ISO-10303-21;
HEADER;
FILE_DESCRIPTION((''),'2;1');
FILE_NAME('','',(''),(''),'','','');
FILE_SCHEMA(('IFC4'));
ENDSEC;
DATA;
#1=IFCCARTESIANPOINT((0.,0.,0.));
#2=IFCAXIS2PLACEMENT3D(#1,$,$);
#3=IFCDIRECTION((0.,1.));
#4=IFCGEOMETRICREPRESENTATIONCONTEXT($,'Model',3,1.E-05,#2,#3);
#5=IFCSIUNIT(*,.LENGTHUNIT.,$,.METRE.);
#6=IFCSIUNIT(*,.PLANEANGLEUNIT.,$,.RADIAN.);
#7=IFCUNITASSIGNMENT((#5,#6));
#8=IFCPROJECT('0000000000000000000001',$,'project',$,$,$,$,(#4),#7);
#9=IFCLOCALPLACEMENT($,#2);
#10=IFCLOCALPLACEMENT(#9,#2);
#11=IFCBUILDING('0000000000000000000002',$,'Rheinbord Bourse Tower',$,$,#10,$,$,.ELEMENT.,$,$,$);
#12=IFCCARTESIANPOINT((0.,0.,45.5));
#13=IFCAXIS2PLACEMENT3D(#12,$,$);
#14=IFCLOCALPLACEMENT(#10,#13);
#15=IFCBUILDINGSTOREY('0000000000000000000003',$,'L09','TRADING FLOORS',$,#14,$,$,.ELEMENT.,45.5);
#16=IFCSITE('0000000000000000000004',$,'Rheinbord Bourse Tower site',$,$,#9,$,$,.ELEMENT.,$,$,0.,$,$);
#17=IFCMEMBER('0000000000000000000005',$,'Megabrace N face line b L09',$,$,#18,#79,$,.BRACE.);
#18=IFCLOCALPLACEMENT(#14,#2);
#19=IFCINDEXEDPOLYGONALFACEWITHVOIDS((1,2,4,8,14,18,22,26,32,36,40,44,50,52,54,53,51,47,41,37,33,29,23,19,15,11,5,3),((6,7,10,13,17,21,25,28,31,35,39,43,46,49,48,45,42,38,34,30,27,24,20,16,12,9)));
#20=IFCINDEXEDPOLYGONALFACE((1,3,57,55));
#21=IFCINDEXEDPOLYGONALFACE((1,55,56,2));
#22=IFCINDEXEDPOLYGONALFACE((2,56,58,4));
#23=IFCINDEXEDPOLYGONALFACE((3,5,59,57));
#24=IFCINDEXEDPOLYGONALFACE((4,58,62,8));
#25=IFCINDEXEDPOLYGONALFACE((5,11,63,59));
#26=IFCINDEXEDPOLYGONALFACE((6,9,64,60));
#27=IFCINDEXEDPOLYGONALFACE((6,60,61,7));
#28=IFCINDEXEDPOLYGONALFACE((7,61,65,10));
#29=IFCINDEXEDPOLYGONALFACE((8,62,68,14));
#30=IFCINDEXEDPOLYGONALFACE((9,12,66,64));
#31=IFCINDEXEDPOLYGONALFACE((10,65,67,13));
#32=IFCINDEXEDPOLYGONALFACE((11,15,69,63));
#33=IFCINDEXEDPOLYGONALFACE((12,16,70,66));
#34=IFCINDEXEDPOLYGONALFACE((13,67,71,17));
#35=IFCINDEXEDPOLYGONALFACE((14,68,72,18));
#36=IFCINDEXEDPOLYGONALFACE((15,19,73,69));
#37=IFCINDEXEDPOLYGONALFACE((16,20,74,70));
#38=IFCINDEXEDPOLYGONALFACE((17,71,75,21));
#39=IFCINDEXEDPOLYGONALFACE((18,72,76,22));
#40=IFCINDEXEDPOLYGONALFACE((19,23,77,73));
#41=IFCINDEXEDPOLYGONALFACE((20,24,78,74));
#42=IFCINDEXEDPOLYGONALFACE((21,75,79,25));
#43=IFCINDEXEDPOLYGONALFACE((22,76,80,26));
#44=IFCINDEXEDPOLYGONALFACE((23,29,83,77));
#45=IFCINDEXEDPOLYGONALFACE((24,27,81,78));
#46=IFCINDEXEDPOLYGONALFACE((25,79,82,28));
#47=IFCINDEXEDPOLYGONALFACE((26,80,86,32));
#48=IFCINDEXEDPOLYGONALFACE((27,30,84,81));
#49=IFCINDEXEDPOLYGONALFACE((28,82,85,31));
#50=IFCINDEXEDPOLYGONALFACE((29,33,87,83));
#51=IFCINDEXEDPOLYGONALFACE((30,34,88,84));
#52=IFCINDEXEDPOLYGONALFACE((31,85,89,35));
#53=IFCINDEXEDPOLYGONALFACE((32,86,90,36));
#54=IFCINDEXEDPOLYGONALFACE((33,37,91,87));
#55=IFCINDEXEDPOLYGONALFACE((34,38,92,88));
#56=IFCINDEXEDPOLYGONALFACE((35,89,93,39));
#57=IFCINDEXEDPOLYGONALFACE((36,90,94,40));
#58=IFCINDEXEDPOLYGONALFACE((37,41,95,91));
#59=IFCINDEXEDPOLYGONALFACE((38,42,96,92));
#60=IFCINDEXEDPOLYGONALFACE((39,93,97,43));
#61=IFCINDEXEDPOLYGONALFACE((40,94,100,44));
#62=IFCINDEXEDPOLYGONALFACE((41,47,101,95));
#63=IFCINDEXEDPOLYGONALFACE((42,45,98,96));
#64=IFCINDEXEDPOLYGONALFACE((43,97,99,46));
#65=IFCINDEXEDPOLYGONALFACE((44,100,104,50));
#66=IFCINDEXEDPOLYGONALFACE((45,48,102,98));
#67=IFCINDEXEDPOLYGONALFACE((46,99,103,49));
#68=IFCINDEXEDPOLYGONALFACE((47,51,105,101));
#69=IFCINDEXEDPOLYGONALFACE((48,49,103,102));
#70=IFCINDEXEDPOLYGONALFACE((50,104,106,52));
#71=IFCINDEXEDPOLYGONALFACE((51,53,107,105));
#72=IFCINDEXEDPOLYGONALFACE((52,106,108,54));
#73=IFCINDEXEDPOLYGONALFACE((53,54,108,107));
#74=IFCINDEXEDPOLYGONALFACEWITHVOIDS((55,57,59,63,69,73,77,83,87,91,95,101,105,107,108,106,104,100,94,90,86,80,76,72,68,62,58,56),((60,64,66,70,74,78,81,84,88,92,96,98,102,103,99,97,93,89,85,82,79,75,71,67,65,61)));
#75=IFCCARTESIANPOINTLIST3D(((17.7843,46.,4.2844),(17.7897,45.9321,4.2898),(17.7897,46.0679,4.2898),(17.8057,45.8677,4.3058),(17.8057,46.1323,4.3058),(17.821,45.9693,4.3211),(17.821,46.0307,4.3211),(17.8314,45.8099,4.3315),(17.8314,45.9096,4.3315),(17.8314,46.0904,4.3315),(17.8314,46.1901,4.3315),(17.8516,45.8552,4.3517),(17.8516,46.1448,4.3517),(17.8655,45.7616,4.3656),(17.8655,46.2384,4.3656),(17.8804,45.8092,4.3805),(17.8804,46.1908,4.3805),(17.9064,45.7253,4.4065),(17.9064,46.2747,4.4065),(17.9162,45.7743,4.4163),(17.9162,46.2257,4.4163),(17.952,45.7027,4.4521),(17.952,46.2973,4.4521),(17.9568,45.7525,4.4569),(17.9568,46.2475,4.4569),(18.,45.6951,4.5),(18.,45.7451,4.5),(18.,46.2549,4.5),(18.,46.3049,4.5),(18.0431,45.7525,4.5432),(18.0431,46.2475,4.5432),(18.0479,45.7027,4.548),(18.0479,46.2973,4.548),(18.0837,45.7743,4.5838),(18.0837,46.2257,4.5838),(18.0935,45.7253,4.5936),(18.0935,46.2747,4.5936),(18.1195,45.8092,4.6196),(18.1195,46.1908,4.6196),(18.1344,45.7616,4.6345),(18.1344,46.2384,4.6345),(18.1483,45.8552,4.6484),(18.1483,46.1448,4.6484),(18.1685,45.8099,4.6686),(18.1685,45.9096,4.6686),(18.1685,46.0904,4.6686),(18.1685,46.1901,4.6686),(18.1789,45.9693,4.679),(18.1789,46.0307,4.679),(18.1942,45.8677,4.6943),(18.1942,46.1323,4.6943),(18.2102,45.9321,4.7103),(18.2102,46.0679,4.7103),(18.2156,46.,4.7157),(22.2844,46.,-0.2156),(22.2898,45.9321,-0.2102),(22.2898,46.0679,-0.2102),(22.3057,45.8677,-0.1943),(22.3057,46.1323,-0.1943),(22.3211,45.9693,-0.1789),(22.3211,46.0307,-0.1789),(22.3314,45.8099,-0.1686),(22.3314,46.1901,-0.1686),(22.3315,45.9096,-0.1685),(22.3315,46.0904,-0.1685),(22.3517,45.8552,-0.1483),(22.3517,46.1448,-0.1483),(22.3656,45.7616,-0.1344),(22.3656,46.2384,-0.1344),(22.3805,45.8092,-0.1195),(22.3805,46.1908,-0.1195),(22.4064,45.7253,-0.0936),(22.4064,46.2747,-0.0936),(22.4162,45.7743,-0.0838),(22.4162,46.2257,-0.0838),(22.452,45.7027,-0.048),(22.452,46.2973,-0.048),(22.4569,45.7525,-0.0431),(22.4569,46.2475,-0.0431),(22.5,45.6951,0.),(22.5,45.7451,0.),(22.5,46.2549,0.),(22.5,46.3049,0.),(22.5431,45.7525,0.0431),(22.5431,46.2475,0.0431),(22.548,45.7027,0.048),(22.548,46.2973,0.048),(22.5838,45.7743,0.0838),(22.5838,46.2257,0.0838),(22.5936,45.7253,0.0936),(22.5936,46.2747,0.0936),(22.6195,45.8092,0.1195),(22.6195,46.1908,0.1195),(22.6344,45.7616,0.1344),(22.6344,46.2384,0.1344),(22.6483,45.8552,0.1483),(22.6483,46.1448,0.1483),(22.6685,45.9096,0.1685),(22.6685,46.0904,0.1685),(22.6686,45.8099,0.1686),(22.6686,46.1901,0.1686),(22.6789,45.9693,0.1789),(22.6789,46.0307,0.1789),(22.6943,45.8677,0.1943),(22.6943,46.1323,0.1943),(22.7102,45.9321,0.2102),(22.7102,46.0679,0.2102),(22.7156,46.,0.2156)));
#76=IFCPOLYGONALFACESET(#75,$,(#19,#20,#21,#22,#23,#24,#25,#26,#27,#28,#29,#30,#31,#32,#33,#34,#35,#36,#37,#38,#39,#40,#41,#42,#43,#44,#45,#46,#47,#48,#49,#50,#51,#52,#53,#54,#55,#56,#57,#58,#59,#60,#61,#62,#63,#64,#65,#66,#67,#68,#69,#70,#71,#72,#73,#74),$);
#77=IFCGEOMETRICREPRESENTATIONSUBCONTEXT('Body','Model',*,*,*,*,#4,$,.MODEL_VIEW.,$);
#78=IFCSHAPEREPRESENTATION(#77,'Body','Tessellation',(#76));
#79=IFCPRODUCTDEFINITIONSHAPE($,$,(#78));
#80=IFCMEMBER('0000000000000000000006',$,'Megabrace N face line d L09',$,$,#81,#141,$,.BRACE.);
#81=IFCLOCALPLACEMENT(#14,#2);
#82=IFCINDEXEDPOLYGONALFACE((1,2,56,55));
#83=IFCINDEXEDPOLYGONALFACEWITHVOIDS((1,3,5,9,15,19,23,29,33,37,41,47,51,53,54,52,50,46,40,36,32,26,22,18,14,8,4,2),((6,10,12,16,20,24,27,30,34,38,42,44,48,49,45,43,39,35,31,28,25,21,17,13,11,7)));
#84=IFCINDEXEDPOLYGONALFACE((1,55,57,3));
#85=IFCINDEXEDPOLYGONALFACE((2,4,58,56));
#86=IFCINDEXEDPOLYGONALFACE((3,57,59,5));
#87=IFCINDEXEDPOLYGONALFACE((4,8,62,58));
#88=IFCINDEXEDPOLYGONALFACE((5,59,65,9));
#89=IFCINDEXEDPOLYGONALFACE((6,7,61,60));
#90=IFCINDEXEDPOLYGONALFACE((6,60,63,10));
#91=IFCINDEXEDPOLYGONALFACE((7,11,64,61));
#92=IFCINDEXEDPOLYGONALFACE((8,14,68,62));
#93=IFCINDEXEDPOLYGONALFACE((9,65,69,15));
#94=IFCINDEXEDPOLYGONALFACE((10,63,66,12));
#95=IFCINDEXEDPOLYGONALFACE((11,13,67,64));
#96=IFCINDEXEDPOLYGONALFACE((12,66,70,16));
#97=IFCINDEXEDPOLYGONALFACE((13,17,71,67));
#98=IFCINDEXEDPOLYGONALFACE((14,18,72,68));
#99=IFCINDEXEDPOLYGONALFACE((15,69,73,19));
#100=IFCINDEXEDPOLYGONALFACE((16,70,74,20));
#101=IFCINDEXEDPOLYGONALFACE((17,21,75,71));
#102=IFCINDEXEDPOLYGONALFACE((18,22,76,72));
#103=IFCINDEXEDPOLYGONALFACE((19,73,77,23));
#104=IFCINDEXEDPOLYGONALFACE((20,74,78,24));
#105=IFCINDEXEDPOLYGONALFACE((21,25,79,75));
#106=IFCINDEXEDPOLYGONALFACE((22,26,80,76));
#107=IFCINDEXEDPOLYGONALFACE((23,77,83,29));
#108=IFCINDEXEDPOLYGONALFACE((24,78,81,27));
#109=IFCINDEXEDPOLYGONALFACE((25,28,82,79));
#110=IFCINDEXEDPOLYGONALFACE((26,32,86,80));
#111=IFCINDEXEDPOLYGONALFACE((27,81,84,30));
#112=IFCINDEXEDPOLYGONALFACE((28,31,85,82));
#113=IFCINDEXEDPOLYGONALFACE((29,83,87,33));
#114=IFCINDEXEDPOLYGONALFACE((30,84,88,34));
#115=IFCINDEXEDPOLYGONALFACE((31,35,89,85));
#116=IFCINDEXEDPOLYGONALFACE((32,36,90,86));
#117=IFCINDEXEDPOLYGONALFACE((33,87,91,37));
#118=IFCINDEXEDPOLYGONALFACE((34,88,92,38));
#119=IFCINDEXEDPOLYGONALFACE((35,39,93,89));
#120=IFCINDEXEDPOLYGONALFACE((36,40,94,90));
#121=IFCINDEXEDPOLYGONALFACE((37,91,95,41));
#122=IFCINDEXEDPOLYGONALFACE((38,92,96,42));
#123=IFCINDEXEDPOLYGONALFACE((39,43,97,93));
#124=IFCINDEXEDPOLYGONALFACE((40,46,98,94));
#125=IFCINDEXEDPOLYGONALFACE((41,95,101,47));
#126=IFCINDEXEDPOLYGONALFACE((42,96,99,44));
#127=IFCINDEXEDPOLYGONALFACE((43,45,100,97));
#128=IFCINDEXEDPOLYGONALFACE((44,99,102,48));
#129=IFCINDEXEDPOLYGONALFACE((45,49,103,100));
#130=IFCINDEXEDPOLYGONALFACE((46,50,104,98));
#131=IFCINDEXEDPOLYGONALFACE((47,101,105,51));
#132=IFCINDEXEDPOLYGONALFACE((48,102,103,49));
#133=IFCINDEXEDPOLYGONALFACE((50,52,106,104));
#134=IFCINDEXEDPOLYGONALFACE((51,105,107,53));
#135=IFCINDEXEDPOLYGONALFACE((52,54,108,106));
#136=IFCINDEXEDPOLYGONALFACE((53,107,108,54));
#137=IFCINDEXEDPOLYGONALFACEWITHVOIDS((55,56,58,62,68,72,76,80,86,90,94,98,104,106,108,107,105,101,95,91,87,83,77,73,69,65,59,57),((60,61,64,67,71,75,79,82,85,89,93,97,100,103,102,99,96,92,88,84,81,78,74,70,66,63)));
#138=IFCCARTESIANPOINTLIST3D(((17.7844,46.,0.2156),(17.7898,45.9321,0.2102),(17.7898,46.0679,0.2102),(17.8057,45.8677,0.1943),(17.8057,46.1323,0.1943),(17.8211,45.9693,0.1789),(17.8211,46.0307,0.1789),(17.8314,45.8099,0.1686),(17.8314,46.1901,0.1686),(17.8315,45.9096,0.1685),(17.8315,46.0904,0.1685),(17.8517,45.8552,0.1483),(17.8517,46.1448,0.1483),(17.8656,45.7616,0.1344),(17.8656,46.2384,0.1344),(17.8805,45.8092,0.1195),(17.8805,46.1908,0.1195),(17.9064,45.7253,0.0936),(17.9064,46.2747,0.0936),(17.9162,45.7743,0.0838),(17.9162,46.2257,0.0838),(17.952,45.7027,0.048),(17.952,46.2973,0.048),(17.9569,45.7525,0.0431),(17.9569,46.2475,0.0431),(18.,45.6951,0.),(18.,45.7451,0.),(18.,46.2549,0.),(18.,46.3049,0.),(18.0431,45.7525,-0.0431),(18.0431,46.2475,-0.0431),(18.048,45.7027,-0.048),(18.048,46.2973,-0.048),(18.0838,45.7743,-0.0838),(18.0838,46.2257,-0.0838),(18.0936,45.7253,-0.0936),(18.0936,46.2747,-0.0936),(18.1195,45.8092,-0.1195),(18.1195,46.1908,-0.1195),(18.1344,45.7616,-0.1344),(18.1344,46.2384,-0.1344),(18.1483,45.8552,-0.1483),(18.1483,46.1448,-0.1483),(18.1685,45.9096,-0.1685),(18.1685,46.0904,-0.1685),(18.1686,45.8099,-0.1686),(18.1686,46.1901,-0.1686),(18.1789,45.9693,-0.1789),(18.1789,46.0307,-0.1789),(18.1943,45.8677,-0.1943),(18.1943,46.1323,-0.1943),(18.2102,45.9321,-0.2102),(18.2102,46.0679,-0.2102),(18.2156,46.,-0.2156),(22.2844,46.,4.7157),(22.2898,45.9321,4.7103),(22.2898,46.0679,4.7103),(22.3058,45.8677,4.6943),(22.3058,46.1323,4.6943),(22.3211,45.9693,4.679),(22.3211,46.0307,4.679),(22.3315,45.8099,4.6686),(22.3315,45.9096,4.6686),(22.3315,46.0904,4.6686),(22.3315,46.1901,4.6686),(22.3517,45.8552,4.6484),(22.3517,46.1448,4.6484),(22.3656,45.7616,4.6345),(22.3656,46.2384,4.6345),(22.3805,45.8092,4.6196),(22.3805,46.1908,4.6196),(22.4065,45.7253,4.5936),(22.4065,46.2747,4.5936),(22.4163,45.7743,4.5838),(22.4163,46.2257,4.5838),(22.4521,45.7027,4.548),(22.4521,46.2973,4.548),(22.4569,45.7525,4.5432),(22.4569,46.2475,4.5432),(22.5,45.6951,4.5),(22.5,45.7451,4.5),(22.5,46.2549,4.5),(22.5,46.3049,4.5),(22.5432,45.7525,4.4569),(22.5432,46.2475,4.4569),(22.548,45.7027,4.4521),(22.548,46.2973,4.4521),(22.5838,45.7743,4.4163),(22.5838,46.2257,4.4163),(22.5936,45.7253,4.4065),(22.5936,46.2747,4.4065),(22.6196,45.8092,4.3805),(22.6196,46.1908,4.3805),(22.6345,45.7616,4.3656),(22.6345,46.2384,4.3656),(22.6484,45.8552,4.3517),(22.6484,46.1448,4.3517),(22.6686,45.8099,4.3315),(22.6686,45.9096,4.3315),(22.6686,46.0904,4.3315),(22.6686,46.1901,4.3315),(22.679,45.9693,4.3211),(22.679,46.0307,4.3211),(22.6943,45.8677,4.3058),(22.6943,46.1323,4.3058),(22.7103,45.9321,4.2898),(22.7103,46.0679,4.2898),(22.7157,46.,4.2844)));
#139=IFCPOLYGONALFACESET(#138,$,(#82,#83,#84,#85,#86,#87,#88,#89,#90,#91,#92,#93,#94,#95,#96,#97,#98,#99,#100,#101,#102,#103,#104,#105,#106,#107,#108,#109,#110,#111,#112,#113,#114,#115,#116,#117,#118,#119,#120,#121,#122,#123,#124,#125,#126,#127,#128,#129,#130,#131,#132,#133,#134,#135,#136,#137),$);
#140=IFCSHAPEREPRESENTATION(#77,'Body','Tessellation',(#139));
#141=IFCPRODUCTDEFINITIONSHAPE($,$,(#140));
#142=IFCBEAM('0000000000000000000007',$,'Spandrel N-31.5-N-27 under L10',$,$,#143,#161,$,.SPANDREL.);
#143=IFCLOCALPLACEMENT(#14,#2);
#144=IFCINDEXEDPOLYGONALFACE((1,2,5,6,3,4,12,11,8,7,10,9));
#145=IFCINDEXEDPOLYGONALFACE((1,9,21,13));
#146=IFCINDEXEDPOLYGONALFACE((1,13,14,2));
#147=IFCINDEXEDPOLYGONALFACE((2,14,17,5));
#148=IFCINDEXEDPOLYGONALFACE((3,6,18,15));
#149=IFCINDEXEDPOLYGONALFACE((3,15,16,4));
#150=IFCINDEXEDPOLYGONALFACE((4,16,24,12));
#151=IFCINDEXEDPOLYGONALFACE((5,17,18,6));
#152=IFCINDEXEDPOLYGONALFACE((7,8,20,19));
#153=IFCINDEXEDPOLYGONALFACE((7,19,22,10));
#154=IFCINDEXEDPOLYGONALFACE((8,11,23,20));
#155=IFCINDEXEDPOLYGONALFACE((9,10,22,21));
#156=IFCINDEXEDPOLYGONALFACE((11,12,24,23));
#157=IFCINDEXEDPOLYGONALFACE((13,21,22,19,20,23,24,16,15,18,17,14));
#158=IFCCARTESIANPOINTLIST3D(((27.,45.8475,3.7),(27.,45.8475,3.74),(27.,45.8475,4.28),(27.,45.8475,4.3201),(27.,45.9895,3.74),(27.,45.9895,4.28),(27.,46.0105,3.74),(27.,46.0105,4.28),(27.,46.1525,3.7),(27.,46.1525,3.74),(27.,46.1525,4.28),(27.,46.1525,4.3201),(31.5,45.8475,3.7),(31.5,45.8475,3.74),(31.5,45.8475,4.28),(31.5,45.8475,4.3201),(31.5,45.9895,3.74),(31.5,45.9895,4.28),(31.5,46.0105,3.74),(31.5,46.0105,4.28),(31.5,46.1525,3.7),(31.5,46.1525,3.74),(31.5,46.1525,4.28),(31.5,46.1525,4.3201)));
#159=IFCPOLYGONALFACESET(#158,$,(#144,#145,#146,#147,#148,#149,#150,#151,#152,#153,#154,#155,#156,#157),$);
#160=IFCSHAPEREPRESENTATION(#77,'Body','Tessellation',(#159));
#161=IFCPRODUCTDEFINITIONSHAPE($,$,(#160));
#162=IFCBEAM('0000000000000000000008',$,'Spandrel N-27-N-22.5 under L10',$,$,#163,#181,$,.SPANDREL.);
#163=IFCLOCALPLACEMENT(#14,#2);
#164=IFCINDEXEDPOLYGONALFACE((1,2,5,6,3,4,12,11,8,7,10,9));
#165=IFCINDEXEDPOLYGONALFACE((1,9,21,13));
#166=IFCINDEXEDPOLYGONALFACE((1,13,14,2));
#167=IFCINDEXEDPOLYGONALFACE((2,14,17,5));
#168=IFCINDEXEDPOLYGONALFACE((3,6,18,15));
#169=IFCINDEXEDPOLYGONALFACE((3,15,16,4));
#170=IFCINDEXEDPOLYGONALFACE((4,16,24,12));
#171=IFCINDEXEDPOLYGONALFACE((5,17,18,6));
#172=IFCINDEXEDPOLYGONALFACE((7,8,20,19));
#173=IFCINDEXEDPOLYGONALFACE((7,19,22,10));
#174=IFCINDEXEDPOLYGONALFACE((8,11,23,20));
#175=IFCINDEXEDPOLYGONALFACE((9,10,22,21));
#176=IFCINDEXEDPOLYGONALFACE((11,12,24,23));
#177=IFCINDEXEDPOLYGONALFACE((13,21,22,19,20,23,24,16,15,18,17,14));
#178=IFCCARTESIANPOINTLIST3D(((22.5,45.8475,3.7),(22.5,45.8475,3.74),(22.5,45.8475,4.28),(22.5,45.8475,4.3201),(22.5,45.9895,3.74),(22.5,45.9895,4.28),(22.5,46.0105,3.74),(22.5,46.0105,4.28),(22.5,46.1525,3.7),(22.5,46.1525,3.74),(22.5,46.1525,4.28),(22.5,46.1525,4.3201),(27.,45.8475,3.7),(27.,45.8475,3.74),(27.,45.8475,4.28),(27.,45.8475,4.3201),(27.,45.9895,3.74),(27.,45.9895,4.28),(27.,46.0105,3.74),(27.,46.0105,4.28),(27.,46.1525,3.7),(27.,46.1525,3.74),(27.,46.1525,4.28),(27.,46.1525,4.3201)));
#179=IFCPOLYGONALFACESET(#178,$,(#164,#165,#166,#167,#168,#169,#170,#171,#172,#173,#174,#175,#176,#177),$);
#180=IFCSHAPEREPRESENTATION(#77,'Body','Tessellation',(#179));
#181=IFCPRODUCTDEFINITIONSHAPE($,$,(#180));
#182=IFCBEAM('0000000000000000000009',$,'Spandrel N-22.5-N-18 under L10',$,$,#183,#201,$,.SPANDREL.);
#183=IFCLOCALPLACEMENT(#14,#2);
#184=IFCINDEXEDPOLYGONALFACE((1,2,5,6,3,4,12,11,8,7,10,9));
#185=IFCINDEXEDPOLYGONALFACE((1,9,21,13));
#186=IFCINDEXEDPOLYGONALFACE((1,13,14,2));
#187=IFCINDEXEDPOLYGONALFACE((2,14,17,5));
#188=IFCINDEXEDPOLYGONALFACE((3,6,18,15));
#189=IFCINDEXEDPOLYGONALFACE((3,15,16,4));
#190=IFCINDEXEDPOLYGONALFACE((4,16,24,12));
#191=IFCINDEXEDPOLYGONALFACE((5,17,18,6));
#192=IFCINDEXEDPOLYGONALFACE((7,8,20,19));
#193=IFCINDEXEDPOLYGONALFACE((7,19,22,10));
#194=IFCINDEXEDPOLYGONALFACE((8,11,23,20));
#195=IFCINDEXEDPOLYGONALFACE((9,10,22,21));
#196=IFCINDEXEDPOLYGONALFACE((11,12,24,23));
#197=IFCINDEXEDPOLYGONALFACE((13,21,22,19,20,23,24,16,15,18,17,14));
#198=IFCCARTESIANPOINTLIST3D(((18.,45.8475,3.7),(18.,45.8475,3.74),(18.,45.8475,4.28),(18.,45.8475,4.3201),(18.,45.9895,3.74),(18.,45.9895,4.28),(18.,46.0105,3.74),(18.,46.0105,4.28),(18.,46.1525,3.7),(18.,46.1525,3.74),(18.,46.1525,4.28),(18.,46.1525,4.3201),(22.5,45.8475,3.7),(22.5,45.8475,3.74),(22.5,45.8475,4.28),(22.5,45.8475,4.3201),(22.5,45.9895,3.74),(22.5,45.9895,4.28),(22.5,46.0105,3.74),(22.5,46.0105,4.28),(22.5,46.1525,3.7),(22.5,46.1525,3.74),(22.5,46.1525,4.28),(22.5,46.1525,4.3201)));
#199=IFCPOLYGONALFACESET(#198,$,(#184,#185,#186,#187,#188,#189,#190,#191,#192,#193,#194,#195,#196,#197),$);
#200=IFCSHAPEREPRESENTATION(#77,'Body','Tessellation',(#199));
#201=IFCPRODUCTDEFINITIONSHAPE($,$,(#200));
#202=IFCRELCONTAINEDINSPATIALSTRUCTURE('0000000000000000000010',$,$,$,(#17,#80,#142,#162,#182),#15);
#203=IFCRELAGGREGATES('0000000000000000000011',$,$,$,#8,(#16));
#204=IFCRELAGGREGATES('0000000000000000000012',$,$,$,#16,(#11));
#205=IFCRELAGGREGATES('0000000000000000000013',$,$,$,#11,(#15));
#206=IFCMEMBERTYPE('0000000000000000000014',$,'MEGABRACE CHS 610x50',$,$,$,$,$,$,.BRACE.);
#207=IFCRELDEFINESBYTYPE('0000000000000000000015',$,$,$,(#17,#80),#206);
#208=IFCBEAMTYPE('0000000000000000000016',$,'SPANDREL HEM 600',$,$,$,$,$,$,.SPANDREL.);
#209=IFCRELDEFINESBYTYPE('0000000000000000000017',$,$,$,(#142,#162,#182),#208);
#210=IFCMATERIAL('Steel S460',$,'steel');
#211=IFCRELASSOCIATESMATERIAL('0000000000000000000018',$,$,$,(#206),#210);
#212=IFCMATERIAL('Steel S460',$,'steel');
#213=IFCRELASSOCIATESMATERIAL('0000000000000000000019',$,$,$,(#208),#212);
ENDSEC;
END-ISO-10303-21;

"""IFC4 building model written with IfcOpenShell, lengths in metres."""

from ifc_helpers import new_model, si_unit, direction, frame, origin, origin_2d, place, context, subcontext, project, spatial, hollow_circle, i_section, extrude, material, material_profile, profile_set, type_object, element, save


model = new_model("IFC4")

# Units and contexts
model_context = context("Model", 3, precision=1e-05, world=origin(), true_north=direction((0.0, 1.0)))
body_context = subcontext(model_context, "Body", "Model", "MODEL_VIEW")
ifc_project = project(units=[si_unit("LENGTHUNIT", "METRE"), si_unit("PLANEANGLEUNIT", "RADIAN")], contexts=[model_context])

# Site, building, storey
site_placement = place(None, origin())
site = spatial("IfcSite", under=ifc_project, at=site_placement, Name="Rheinbord Bourse Tower site", CompositionType="ELEMENT", RefElevation=0.0)
building_placement = place(site_placement, origin())
building = spatial("IfcBuilding", under=site, at=building_placement, Name="Rheinbord Bourse Tower", CompositionType="ELEMENT")
storey_placement = place(building_placement, frame((0.0, 0.0, 45.5)))
storey = spatial("IfcBuildingStorey", under=building, at=storey_placement, Name="L09", Description="TRADING FLOORS", CompositionType="ELEMENT", Elevation=45.5)

# Members
ifc_material_1 = material(Name="Steel S460", Category="steel")
ifc_material_profile_1 = material_profile(ifc_material_1, hollow_circle(Radius=0.3049, WallThickness=0.05, at=origin_2d()), Name="CHS 610x50")
ifc_profile_set_1 = profile_set([ifc_material_profile_1], Name="Steel S460")
member_type_1 = type_object("IfcMemberType", Name="MEGABRACE CHS 610x50", PredefinedType="BRACE", material=ifc_profile_set_1)
for number, where, z_axis, x_axis, name in (
    (1, (22.5, 46.0, 0.0), (-0.707107, 0.0, 0.707107), (0.0, -1.0, 0.0), "Megabrace N face line b L09"),
    (2, (18.0, 46.0, 0.0), (0.707107, 0.0, 0.707107), (0.0, 1.0, 0.0), "Megabrace N face line d L09"),
):
    element("IfcMember", number, at=place(storey_placement, frame(where, z_axis=z_axis, x_axis=x_axis)), inside=storey, type_object=member_type_1, Name=name, PredefinedType="BRACE", context=body_context, shape_type="SweptSolid", body=[
        extrude(hollow_circle(Radius=0.3049, WallThickness=0.05, at=origin_2d()), origin(), (0.0, 0.0, 1.0), 6.364),
    ])

# Beams
ifc_material_2 = material(Name="Steel S460", Category="steel")
ifc_material_profile_2 = material_profile(ifc_material_2, i_section(OverallWidth=0.3049, OverallDepth=0.6201, WebThickness=0.021, FlangeThickness=0.04, at=origin_2d()), Name="HEM 600")
ifc_profile_set_2 = profile_set([ifc_material_profile_2], Name="Steel S460")
beam_type_1 = type_object("IfcBeamType", Name="SPANDREL HEM 600", PredefinedType="SPANDREL", material=ifc_profile_set_2)
for number, where, z_axis, x_axis, name in (
    (3, (31.5, 46.0, 4.01), (-1.0, 0.0, 0.0), (0.0, -1.0, 0.0), "Spandrel N-31.5-N-27 under L10"),
    (4, (27.0, 46.0, 4.01), (-1.0, 0.0, 0.0), (0.0, -1.0, 0.0), "Spandrel N-27-N-22.5 under L10"),
    (5, (22.5, 46.0, 4.01), (-1.0, 0.0, 0.0), (0.0, -1.0, 0.0), "Spandrel N-22.5-N-18 under L10"),
):
    element("IfcBeam", number, at=place(storey_placement, frame(where, z_axis=z_axis, x_axis=x_axis)), inside=storey, type_object=beam_type_1, Name=name, PredefinedType="SPANDREL", context=body_context, shape_type="SweptSolid", body=[
        extrude(i_section(OverallWidth=0.3049, OverallDepth=0.6201, WebThickness=0.021, FlangeThickness=0.04, at=origin_2d()), origin(), (0.0, 0.0, 1.0), 4.5),
    ])

save(model, "model.ifc")
